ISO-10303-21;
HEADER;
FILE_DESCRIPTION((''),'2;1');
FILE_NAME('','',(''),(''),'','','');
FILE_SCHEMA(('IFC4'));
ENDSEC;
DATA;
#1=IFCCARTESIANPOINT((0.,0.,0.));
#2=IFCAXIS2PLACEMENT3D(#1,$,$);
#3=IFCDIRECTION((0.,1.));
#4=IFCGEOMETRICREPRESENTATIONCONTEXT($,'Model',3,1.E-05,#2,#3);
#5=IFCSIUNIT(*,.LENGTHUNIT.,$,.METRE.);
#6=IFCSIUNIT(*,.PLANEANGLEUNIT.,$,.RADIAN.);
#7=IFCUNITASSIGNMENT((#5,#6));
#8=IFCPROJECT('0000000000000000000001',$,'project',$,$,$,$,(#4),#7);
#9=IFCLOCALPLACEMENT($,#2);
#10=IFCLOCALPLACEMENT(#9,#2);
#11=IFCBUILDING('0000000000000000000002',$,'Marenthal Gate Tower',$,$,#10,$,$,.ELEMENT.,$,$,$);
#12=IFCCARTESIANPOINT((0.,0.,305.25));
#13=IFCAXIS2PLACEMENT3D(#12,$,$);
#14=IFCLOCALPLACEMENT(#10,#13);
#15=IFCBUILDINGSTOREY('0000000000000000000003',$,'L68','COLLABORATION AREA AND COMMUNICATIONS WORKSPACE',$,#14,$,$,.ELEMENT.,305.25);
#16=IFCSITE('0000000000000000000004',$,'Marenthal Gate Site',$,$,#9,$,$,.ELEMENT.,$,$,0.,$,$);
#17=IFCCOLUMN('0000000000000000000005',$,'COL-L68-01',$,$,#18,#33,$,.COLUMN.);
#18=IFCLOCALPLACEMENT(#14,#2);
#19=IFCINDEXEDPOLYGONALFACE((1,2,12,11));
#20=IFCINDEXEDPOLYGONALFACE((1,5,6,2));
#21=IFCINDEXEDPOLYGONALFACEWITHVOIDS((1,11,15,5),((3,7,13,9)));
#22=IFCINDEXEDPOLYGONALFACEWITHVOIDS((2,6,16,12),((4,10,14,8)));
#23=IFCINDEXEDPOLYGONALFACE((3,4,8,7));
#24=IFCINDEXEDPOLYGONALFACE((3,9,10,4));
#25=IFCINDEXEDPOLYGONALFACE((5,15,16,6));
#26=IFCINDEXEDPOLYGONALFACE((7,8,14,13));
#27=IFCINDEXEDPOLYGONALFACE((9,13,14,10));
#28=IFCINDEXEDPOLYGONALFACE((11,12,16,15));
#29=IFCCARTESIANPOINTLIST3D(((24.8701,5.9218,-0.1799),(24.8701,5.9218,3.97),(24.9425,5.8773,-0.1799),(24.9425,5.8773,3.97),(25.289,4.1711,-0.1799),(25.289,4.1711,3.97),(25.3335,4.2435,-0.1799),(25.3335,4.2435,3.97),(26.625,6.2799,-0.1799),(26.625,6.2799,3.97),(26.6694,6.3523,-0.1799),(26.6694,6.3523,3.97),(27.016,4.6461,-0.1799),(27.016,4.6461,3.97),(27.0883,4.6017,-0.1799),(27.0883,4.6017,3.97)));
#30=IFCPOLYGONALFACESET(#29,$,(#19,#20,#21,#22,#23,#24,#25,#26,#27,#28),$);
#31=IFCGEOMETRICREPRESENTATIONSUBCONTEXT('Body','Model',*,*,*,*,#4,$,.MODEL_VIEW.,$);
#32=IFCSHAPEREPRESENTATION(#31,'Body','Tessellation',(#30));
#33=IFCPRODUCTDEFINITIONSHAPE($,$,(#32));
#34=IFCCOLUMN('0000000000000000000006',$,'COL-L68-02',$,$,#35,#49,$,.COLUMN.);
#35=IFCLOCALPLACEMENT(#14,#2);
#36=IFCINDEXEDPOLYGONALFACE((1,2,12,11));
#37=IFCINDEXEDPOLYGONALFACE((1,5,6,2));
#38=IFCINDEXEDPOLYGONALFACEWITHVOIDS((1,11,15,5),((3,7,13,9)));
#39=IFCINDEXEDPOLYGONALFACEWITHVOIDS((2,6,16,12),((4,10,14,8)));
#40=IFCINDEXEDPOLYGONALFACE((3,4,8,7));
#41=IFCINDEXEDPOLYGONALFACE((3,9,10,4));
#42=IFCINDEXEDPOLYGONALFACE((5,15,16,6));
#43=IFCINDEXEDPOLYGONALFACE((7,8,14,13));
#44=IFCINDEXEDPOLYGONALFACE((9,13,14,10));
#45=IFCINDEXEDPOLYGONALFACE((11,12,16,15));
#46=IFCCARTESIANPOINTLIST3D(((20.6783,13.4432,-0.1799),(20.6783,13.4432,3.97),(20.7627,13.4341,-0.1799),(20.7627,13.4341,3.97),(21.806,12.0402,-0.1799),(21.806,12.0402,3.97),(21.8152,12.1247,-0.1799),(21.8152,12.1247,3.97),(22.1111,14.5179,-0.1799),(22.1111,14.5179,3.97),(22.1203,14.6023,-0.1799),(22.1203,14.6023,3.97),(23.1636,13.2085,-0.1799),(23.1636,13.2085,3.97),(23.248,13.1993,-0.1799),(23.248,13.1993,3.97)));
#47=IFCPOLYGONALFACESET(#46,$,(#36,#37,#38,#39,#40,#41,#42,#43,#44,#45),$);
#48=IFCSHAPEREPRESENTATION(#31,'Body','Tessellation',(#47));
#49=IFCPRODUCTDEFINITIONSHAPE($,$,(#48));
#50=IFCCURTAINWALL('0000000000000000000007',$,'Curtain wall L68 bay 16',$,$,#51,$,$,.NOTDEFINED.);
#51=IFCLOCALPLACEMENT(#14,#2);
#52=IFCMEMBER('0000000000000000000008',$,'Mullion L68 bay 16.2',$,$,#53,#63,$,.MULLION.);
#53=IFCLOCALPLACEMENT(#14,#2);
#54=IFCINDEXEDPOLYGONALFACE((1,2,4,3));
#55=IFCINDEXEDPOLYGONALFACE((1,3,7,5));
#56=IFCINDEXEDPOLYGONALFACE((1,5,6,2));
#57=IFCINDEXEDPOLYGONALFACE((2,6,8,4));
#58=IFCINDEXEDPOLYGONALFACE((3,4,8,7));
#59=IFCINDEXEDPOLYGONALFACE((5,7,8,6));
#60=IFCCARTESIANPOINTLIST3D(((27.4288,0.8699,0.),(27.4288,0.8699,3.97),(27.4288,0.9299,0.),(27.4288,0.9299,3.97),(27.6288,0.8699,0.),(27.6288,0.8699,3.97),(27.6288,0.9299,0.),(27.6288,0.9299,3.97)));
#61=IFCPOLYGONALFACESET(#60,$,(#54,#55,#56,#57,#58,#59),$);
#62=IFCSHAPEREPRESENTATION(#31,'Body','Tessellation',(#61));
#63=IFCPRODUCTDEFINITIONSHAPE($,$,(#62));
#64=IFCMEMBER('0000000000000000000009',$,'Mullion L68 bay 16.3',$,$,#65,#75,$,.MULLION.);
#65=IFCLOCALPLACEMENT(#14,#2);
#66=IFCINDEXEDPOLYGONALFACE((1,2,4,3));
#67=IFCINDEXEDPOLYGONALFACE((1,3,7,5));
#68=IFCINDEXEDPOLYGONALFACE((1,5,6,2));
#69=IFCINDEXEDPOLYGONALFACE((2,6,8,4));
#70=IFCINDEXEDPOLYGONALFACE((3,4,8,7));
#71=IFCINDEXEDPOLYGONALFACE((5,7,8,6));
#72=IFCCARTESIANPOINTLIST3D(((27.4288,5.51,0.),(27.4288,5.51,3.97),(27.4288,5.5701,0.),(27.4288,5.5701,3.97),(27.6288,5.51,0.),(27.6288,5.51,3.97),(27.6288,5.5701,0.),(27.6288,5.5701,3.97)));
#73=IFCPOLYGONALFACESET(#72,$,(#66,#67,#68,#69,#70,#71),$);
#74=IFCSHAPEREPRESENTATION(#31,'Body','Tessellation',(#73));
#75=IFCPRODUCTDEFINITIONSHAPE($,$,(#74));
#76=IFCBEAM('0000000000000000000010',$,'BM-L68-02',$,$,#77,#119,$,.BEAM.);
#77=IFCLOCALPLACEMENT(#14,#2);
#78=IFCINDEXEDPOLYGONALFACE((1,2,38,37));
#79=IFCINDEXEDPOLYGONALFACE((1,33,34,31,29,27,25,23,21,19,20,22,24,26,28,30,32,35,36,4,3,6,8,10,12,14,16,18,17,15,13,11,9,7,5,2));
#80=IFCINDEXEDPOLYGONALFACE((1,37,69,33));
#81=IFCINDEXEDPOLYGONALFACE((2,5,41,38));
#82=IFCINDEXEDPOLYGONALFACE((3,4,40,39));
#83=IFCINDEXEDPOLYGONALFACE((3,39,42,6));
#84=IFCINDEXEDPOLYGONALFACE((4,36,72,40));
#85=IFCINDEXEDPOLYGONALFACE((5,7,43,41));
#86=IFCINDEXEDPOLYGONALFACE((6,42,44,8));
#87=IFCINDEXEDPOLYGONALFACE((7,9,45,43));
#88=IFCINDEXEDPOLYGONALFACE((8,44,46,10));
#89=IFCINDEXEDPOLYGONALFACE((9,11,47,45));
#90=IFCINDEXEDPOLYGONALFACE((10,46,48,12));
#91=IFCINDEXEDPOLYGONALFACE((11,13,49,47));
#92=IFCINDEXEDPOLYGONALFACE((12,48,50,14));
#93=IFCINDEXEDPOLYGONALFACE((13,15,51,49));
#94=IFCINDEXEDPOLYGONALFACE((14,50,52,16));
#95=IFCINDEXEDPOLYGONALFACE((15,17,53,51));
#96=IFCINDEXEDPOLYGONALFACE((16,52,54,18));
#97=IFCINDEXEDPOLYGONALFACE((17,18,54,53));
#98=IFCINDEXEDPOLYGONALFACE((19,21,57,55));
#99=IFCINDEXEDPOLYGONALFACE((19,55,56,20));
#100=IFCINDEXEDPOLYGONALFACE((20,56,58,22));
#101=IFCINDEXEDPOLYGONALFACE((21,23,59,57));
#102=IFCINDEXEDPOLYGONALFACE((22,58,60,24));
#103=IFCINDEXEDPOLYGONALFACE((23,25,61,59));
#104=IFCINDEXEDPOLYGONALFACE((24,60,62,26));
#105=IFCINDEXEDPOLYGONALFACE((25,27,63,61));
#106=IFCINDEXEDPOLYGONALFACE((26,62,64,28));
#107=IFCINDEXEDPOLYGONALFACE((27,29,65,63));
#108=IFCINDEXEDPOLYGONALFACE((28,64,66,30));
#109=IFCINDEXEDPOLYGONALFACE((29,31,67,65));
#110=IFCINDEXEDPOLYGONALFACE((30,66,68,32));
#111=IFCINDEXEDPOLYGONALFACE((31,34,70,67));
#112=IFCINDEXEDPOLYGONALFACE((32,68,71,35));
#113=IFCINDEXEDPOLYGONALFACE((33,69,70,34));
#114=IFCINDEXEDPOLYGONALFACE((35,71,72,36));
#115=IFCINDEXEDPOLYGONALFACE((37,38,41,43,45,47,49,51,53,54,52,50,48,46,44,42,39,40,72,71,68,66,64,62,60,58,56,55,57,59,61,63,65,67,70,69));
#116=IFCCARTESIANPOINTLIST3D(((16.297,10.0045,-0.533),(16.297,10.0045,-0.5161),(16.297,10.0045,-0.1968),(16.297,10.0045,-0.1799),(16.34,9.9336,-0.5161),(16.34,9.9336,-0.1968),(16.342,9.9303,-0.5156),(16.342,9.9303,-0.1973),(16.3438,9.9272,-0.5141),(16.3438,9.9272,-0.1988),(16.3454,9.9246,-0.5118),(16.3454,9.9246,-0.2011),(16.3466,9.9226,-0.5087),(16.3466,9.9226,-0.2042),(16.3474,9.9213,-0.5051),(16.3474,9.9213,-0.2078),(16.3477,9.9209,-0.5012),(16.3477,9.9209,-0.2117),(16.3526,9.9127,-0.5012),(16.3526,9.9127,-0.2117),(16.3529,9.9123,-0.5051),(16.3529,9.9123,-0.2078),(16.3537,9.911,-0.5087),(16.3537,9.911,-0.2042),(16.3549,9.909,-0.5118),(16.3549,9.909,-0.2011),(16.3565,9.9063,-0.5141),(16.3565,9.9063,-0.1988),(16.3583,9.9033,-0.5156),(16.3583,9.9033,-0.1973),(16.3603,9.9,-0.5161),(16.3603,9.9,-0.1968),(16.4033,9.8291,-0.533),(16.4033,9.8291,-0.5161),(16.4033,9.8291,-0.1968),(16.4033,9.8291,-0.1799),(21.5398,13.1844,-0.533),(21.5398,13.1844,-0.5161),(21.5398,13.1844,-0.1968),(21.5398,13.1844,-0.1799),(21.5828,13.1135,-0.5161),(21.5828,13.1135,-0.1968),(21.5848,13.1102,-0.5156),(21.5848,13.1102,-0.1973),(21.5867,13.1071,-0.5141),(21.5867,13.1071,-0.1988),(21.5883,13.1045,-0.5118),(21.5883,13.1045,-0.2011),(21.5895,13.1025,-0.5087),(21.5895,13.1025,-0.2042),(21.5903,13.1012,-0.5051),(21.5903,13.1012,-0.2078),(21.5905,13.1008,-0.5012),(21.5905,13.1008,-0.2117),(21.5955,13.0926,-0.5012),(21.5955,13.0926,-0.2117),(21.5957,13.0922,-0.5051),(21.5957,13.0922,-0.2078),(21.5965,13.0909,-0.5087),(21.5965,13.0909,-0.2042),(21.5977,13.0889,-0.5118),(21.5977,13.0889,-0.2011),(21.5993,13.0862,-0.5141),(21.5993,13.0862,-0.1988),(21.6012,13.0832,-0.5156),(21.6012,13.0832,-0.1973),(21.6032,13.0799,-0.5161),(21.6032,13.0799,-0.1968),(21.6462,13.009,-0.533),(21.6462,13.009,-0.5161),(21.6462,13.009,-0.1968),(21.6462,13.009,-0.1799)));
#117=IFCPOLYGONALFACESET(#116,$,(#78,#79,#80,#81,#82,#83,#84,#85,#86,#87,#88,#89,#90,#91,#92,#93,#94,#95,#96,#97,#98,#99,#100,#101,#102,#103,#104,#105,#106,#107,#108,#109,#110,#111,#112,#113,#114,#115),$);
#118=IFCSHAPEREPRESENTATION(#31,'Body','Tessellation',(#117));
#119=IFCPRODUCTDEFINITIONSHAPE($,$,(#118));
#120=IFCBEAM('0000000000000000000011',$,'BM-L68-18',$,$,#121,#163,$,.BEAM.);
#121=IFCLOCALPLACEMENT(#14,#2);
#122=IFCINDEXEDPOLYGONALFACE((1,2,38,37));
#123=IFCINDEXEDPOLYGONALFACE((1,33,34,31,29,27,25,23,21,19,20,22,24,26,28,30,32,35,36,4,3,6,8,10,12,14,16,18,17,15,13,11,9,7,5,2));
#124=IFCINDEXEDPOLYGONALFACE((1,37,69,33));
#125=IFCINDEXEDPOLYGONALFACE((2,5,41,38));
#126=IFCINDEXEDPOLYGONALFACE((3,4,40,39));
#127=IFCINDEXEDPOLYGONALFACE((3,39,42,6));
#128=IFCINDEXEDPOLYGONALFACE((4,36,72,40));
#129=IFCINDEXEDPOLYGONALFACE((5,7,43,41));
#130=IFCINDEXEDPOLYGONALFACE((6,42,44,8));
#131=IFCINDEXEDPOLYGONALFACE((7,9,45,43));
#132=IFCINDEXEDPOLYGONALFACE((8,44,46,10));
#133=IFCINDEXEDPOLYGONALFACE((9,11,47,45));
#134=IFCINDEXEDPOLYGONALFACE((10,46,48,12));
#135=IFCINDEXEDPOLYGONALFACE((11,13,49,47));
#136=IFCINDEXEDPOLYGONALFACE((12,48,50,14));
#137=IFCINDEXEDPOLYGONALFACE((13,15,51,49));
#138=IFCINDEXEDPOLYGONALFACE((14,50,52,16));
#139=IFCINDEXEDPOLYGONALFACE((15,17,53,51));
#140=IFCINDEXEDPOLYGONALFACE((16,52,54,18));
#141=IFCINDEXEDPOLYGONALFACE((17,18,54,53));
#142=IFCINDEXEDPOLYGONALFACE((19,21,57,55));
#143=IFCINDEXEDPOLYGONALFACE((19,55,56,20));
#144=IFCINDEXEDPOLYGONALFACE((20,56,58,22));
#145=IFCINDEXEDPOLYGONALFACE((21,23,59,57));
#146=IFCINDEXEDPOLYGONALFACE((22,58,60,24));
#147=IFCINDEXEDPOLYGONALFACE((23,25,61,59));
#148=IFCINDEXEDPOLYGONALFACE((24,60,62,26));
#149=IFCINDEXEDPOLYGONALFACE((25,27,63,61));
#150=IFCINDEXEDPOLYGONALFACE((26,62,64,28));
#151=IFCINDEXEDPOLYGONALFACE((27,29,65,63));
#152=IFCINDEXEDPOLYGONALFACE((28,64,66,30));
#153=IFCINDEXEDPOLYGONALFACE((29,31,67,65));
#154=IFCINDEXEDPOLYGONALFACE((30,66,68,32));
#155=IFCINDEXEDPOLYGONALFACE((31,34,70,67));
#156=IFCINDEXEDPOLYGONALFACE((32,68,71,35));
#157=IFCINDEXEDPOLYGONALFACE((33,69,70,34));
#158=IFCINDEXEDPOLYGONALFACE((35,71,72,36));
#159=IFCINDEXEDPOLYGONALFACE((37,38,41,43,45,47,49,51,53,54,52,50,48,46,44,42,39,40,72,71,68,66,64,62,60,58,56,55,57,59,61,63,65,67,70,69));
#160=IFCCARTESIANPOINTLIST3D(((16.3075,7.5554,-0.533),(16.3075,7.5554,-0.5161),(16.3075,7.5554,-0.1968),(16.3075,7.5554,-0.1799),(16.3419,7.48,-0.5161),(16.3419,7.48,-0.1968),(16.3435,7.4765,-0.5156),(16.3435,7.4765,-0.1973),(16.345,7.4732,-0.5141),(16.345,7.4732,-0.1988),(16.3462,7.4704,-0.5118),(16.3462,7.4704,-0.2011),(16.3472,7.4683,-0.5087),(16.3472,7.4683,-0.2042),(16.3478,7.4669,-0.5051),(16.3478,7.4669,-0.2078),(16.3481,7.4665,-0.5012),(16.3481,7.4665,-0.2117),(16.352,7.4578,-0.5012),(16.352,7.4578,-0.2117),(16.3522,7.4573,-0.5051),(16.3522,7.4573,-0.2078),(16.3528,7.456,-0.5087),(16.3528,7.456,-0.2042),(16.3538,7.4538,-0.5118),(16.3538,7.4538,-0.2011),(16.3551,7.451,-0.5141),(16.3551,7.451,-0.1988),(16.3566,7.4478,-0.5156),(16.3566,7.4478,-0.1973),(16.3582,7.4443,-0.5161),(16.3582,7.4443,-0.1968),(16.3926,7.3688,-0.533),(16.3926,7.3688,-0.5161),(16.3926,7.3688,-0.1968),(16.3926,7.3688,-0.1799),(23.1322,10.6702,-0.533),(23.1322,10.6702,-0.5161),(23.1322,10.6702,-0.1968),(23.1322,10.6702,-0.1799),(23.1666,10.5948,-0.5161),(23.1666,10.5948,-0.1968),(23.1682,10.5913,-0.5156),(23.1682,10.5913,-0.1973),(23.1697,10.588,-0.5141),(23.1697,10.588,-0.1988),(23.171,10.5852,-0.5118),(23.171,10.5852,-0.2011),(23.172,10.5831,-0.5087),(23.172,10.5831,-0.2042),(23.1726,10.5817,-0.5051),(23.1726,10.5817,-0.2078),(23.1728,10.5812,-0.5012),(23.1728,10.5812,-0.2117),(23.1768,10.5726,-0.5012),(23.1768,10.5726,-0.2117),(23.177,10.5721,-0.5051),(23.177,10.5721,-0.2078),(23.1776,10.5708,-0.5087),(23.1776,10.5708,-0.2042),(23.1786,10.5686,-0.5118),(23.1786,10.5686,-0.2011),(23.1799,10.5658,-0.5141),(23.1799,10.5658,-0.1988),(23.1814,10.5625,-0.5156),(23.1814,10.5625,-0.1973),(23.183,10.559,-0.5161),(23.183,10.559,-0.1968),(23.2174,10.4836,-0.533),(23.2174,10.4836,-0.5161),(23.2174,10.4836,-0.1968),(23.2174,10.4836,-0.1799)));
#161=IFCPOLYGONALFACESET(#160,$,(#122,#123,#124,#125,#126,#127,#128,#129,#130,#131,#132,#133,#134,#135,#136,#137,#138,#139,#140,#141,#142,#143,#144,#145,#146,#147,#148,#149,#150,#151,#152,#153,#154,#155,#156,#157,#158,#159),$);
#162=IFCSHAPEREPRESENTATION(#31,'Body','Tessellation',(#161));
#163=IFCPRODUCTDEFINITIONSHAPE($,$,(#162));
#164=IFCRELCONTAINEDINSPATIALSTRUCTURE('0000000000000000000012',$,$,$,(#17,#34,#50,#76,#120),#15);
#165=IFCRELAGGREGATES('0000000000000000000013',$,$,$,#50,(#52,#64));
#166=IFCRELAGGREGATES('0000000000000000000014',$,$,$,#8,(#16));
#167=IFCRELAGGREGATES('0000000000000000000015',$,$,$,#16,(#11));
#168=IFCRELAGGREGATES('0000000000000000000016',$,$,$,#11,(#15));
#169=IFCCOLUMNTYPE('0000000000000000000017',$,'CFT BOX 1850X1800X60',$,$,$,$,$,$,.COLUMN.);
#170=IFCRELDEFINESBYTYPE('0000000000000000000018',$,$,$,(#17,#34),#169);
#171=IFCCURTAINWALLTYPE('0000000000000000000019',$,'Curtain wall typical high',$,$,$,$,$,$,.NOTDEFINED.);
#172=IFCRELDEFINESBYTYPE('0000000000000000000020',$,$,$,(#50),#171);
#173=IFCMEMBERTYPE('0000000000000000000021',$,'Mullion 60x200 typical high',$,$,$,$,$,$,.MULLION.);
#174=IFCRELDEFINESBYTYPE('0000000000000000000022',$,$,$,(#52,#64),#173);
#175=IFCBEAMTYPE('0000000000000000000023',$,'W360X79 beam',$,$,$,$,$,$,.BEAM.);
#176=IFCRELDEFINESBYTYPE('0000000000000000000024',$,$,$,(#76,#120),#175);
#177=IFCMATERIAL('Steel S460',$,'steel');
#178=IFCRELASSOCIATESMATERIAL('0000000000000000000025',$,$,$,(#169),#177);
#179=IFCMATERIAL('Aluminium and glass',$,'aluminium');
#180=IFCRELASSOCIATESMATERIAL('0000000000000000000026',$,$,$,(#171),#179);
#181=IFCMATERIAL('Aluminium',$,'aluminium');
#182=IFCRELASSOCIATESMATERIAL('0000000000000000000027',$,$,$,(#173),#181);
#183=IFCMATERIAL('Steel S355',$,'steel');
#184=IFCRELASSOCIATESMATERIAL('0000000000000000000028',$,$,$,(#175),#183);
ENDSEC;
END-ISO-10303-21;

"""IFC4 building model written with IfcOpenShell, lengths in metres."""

from ifc_helpers import new_model, si_unit, direction, frame, origin, origin_2d, place, context, subcontext, project, spatial, rectangle, hollow_rectangle, i_section, extrude, material, material_profile, profile_set, type_object, element, aggregate, save


model = new_model("IFC4")

# Units and contexts
model_context = context("Model", 3, precision=1e-05, world=origin(), true_north=direction((0.0, 1.0)))
body_context = subcontext(model_context, "Body", "Model", "MODEL_VIEW")
ifc_project = project(units=[si_unit("LENGTHUNIT", "METRE"), si_unit("PLANEANGLEUNIT", "RADIAN")], contexts=[model_context])

# Site, building, storey
site_placement = place(None, origin())
site = spatial("IfcSite", under=ifc_project, at=site_placement, Name="Marenthal Gate Site", CompositionType="ELEMENT", RefElevation=0.0)
building_placement = place(site_placement, origin())
building = spatial("IfcBuilding", under=site, at=building_placement, Name="Marenthal Gate Tower", CompositionType="ELEMENT")
storey_placement = place(building_placement, frame((0.0, 0.0, 305.25)))
storey = spatial("IfcBuildingStorey", under=building, at=storey_placement, Name="L68", Description="COLLABORATION AREA AND COMMUNICATIONS WORKSPACE", CompositionType="ELEMENT", Elevation=305.25)

# Columns
ifc_material_1 = material(Name="Steel S460", Category="steel")
ifc_material_profile_1 = material_profile(ifc_material_1, hollow_rectangle(XDim=1.8, YDim=1.8501, WallThickness=0.0601, at=origin_2d()), Name="CFT BOX 1850X1800X60")
ifc_material_2 = material(Name="Concrete 70 MPa", Category="concrete")
ifc_material_profile_2 = material_profile(ifc_material_2, rectangle(XDim=1.6799, YDim=1.73, at=origin_2d()), Name="CFT BOX 1850X1800X60 INFILL")
ifc_profile_set_1 = profile_set([ifc_material_profile_1, ifc_material_profile_2], Name="Steel S460 shell, Concrete 70 MPa infill")
column_type = type_object("IfcColumnType", Name="CFT BOX 1850X1800X60", PredefinedType="COLUMN", material=ifc_profile_set_1)
for number, where, z_axis, x_axis, name in (
    (1, (25.9792, 5.2617, -0.1799), (0.0, 0.0, 1.0), (0.232716, -0.972545, 0.0), "COL-L68-01"),
    (2, (21.9631, 13.3213, -0.1799), (0.0, 0.0, 1.0), (0.626499, -0.779422, 0.0), "COL-L68-02"),
):
    element("IfcColumn", number, at=place(storey_placement, frame(where, z_axis=z_axis, x_axis=x_axis)), inside=storey, type_object=column_type, Name=name, PredefinedType="COLUMN", context=body_context, shape_type="SweptSolid", body=[
        extrude(hollow_rectangle(XDim=1.8, YDim=1.8501, WallThickness=0.0601, at=origin_2d()), origin(), (0.0, 0.0, 1.0), 4.1499),
    ])

# Curtain wall, members
ifc_material_3 = material(Name="Aluminium and glass", Category="aluminium")
curtain_wall_type = type_object("IfcCurtainWallType", Name="Curtain wall typical high", PredefinedType="NOTDEFINED", material=ifc_material_3)
curtain_wall_placement = place(storey_placement, origin())
curtain_wall = element("IfcCurtainWall", 3, at=curtain_wall_placement, inside=storey, type_object=curtain_wall_type, Name="Curtain wall L68 bay 16", PredefinedType="NOTDEFINED")
ifc_material_4 = material(Name="Aluminium", Category="aluminium")
ifc_material_profile_3 = material_profile(ifc_material_4, rectangle(XDim=0.2, YDim=0.0601, at=origin_2d()), Name="60x200 aluminium mullion")
ifc_profile_set_2 = profile_set([ifc_material_profile_3], Name="Aluminium")
member_type = type_object("IfcMemberType", Name="Mullion 60x200 typical high", PredefinedType="MULLION", material=ifc_profile_set_2)
member_1_placement = place(storey_placement, frame((27.5288, 0.8999, 0.0), z_axis=(0.0, 0.0, 1.0), x_axis=(-1.0, 0.0, 0.0)))
member_1 = element("IfcMember", 4, at=member_1_placement, type_object=member_type, Name="Mullion L68 bay 16.2", PredefinedType="MULLION", context=body_context, shape_type="SweptSolid", body=[
    extrude(rectangle(XDim=0.2, YDim=0.0601, at=origin_2d()), origin(), (0.0, 0.0, 1.0), 3.97),
])
member_2_placement = place(storey_placement, frame((27.5288, 5.54, 0.0), z_axis=(0.0, 0.0, 1.0), x_axis=(-1.0, 0.0, 0.0)))
member_2 = element("IfcMember", 5, at=member_2_placement, type_object=member_type, Name="Mullion L68 bay 16.3", PredefinedType="MULLION", context=body_context, shape_type="SweptSolid", body=[
    extrude(rectangle(XDim=0.2, YDim=0.0601, at=origin_2d()), origin(), (0.0, 0.0, 1.0), 3.97),
])

# Beams
ifc_material_5 = material(Name="Steel S355", Category="steel")
ifc_material_profile_4 = material_profile(ifc_material_5, i_section(OverallWidth=0.2051, OverallDepth=0.353, WebThickness=0.0095, FlangeThickness=0.0168, FilletRadius=0.0149, at=origin_2d()), Name="W360X79")
ifc_profile_set_3 = profile_set([ifc_material_profile_4], Name="Steel S355")
beam_type_1 = type_object("IfcBeamType", Name="W360X79 beam", PredefinedType="BEAM", material=ifc_profile_set_3)
beam_1_placement = place(storey_placement, frame((21.593, 13.0967, -0.3564), z_axis=(-0.855024, -0.518588, 0.0), x_axis=(0.518588, -0.855024, 0.0)))
element("IfcBeam", 6, at=beam_1_placement, inside=storey, type_object=beam_type_1, Name="BM-L68-02", PredefinedType="BEAM", context=body_context, shape_type="SweptSolid", body=[
    extrude(i_section(OverallWidth=0.2051, OverallDepth=0.353, WebThickness=0.0095, FlangeThickness=0.0168, FilletRadius=0.0149, at=origin_2d()), origin(), (0.0, 0.0, 1.0), 6.1318),
])
beam_2_placement = place(storey_placement, frame((23.1748, 10.5769, -0.3564), z_axis=(-0.909732, -0.415195, 0.0), x_axis=(0.415195, -0.909732, 0.0)))
element("IfcBeam", 7, at=beam_2_placement, inside=storey, type_object=beam_type_1, Name="BM-L68-18", PredefinedType="BEAM", context=body_context, shape_type="SweptSolid", body=[
    extrude(i_section(OverallWidth=0.2051, OverallDepth=0.353, WebThickness=0.0095, FlangeThickness=0.0168, FilletRadius=0.0149, at=origin_2d()), origin(), (0.0, 0.0, 1.0), 7.502),
])

aggregate(curtain_wall, [member_1, member_2])

save(model, "model.ifc")
